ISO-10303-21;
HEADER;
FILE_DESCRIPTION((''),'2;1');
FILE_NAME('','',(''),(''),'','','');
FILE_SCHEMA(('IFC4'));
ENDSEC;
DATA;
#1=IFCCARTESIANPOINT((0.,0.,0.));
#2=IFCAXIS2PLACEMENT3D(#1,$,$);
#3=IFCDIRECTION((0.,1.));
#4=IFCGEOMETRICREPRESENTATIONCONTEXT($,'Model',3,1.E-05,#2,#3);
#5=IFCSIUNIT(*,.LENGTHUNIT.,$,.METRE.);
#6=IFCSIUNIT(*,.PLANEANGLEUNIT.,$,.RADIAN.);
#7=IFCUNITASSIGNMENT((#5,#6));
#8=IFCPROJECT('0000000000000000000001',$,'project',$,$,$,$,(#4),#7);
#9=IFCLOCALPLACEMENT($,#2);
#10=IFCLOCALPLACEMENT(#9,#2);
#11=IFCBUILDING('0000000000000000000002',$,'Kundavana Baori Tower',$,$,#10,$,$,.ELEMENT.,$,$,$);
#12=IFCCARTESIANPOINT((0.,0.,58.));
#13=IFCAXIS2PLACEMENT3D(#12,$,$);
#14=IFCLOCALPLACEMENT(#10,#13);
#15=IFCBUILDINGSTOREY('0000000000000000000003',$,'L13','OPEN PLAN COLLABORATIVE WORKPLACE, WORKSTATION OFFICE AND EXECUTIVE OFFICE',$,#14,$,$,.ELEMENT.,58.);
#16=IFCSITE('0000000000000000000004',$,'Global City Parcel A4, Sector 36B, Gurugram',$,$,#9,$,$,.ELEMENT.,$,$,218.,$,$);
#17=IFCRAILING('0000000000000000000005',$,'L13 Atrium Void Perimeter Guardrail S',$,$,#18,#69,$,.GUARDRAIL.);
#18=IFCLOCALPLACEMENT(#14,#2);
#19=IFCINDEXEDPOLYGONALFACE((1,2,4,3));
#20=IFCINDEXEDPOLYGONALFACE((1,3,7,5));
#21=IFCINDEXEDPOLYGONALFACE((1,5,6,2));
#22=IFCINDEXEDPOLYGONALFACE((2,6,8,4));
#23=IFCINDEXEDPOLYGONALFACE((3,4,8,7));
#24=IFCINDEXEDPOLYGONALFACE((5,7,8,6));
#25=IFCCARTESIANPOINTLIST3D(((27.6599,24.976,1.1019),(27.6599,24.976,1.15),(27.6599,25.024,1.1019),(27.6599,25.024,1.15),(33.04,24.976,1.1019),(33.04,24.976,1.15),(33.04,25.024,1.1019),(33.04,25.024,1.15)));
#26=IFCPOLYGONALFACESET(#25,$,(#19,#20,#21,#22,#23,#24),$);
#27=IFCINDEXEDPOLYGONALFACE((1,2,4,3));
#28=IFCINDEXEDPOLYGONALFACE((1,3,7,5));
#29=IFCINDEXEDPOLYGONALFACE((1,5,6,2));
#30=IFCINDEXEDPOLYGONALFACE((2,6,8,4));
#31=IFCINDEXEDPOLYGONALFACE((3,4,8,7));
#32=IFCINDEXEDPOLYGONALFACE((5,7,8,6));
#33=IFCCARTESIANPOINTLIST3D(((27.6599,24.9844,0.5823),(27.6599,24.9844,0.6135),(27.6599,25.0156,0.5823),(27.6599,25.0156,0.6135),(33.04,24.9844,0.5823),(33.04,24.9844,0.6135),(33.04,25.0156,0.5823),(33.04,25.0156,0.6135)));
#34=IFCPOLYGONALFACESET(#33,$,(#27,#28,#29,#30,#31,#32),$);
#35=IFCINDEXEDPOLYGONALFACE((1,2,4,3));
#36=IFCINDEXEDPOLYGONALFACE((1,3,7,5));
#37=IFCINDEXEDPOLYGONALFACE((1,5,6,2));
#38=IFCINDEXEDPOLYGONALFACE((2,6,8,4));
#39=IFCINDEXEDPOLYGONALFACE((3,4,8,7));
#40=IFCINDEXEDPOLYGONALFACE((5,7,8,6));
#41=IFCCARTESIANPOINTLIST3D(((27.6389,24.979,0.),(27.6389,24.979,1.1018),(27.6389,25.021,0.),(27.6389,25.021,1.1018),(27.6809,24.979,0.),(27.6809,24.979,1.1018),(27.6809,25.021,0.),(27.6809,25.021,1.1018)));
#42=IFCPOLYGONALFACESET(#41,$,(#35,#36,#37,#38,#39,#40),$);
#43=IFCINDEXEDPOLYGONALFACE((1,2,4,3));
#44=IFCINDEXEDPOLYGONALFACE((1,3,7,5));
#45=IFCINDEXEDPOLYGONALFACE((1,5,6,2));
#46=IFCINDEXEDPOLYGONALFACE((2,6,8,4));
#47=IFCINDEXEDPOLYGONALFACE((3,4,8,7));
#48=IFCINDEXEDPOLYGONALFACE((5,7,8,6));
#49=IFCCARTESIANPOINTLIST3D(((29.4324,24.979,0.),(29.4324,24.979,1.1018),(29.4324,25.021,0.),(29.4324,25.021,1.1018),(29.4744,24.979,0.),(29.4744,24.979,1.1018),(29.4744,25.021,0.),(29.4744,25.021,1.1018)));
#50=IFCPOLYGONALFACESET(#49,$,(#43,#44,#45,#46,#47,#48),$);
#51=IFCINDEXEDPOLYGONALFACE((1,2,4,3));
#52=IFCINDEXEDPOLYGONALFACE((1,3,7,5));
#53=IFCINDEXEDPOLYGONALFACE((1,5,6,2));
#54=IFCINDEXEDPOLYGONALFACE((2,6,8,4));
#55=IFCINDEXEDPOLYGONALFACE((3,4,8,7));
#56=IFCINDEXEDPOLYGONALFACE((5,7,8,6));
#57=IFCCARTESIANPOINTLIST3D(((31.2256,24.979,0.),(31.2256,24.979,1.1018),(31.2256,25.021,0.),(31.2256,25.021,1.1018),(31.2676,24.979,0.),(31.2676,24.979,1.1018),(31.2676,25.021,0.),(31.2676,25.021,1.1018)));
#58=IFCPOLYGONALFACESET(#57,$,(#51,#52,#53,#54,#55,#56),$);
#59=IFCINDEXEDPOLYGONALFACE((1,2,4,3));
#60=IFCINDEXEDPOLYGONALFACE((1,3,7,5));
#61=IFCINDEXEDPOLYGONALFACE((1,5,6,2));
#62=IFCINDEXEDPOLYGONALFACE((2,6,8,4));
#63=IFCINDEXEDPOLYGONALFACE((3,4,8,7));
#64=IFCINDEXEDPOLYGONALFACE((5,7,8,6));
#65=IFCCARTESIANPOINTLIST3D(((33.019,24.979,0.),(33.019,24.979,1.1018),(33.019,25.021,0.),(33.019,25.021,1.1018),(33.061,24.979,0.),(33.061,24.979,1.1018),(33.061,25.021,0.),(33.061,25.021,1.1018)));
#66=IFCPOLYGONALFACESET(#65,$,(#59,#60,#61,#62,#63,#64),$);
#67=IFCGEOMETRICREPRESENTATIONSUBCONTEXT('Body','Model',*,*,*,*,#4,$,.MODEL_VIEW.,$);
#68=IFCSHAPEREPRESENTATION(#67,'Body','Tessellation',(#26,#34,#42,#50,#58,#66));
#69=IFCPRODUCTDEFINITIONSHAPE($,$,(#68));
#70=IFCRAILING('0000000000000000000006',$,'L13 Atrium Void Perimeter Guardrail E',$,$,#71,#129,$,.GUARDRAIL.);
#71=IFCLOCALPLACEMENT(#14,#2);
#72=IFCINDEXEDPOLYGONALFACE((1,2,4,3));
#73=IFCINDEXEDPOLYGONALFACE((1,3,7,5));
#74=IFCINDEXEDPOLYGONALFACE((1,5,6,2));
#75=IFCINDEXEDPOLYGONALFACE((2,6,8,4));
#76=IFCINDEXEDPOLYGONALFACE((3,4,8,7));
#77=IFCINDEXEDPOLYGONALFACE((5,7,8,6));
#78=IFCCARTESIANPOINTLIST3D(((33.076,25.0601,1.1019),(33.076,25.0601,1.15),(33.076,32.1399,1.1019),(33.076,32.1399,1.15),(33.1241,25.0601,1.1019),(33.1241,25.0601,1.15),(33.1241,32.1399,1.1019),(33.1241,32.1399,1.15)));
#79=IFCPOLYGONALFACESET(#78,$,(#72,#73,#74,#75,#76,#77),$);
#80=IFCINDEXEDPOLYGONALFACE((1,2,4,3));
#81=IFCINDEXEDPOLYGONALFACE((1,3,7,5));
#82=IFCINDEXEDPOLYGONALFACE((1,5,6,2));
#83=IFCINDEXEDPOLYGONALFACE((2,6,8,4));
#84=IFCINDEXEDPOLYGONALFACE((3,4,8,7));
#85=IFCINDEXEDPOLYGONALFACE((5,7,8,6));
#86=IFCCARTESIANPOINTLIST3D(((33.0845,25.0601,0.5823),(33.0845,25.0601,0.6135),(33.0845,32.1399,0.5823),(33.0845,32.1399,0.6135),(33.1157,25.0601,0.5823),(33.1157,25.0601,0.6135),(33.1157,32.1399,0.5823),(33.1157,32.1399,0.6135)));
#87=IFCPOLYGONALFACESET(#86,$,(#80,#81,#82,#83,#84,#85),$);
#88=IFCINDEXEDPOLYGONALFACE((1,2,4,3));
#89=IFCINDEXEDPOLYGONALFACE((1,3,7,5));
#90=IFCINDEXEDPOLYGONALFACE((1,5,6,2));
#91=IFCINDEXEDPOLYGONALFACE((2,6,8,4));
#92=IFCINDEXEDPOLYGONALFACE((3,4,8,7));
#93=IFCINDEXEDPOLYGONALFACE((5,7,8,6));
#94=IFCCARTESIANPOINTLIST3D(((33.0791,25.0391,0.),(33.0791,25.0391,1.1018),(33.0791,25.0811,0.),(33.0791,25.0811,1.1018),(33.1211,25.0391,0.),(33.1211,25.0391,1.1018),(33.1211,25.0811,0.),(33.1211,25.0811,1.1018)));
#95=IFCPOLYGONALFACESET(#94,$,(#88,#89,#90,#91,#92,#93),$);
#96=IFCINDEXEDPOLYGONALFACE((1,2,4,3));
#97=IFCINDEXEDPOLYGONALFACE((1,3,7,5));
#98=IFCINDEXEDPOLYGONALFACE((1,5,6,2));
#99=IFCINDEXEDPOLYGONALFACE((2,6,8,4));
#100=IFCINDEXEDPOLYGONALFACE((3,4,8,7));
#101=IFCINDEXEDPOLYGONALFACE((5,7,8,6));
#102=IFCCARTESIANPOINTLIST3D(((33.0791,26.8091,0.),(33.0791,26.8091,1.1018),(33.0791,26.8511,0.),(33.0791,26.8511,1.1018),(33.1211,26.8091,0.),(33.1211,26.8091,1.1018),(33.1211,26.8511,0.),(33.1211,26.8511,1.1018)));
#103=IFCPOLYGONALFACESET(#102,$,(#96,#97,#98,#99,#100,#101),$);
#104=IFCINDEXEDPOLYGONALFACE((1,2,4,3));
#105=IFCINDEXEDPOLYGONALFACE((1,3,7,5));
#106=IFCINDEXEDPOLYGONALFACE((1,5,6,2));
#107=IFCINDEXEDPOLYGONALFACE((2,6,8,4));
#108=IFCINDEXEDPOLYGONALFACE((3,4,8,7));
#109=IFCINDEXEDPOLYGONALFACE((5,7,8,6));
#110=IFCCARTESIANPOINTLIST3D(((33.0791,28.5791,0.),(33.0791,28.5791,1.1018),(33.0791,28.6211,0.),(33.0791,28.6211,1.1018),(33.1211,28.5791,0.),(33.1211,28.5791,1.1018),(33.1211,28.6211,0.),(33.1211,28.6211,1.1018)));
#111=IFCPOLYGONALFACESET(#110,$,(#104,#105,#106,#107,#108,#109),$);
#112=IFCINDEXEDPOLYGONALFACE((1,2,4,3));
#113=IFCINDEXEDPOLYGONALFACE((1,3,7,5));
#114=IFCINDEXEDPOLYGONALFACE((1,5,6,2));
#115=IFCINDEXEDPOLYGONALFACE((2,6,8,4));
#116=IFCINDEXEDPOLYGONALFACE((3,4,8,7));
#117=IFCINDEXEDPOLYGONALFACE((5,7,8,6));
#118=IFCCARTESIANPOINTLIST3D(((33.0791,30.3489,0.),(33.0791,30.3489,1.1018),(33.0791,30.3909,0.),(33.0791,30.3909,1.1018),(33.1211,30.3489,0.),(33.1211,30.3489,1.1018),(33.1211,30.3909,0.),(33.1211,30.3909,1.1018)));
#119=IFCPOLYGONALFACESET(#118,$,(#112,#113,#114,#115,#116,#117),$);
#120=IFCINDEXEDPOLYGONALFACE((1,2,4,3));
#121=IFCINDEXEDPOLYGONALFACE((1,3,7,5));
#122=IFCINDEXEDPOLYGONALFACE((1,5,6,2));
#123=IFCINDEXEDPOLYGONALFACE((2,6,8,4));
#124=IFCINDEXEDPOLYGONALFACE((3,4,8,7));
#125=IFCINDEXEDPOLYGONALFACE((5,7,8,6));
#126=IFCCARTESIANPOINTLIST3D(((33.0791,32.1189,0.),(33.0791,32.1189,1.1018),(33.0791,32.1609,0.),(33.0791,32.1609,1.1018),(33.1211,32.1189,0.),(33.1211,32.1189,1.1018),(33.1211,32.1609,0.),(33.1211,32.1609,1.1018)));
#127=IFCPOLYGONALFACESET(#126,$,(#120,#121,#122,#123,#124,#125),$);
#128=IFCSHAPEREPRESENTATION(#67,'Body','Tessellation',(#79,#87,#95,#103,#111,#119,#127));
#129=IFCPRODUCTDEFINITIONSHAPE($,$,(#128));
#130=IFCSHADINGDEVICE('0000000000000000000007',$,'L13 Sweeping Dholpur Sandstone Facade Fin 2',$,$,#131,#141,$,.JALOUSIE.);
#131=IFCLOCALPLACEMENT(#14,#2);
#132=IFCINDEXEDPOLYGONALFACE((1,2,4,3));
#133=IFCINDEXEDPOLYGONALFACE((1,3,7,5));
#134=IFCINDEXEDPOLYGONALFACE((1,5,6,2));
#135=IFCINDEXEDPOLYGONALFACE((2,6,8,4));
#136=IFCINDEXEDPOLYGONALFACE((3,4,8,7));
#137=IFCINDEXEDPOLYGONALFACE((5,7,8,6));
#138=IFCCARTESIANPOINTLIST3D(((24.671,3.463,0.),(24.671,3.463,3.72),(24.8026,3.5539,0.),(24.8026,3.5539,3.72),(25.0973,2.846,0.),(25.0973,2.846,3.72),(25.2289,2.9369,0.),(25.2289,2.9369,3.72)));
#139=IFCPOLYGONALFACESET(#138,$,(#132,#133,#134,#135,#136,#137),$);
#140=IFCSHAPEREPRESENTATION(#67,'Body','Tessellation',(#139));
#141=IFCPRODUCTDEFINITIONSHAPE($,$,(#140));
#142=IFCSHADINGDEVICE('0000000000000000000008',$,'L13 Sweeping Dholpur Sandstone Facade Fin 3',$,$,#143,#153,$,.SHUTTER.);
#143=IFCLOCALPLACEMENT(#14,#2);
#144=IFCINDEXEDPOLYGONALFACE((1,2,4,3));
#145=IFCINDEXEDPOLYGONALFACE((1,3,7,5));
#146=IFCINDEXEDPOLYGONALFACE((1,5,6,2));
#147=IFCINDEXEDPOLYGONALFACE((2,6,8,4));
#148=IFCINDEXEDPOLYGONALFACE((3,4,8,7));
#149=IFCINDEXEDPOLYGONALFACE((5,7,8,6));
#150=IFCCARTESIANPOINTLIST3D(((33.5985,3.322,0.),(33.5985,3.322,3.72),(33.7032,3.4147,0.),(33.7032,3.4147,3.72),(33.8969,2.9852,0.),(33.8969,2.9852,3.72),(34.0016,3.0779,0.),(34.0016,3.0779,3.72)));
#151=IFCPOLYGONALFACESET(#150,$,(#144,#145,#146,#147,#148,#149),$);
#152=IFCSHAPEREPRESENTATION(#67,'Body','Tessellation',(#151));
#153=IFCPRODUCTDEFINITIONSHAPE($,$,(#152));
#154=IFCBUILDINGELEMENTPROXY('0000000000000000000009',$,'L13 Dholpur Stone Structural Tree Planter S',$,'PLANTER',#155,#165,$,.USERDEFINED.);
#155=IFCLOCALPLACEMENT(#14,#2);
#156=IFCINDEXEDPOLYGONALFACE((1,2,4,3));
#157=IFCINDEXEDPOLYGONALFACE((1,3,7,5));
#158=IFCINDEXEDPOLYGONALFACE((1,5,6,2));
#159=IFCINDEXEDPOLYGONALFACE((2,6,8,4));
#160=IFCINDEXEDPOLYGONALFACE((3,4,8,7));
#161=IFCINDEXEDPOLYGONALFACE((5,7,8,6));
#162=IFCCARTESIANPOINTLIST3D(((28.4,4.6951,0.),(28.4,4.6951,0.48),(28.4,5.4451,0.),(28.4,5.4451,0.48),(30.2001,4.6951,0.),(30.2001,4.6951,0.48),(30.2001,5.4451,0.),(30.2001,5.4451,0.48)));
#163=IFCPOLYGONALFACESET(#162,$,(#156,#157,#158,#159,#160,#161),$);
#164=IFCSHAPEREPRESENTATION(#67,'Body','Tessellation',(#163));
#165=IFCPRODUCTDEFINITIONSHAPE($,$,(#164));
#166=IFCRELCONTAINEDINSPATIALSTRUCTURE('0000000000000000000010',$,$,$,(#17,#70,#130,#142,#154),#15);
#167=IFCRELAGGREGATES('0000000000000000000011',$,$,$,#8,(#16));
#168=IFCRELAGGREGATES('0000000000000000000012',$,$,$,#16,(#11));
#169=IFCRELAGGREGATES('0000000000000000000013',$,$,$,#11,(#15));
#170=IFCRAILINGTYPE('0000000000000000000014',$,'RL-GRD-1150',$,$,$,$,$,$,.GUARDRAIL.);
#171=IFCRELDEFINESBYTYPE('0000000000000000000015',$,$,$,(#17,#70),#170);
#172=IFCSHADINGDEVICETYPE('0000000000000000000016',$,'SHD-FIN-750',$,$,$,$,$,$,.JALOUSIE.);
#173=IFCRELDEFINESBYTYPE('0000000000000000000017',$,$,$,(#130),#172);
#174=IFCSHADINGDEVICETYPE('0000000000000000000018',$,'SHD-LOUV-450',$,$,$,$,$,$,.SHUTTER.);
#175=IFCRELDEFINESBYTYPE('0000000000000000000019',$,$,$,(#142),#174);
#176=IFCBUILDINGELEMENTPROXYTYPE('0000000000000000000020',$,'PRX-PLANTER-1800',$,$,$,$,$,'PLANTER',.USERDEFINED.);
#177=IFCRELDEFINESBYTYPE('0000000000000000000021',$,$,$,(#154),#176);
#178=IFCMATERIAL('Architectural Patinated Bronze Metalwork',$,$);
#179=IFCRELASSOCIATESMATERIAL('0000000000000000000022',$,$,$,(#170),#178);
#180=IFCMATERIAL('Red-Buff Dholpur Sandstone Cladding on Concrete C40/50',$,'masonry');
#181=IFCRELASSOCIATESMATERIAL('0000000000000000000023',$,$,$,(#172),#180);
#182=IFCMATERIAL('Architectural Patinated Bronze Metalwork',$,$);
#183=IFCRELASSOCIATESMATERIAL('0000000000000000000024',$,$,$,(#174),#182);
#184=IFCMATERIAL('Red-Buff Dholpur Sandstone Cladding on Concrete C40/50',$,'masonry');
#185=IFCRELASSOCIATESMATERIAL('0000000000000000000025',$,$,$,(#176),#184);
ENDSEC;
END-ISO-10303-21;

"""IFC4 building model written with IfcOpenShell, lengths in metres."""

from ifc_helpers import new_model, si_unit, direction, frame, origin, origin_2d, place, context, subcontext, project, spatial, rectangle, extrude, material, type_object, element, save


model = new_model("IFC4")

# Units and contexts
model_context = context("Model", 3, precision=1e-05, world=origin(), true_north=direction((0.0, 1.0)))
body_context = subcontext(model_context, "Body", "Model", "MODEL_VIEW")
ifc_project = project(units=[si_unit("LENGTHUNIT", "METRE"), si_unit("PLANEANGLEUNIT", "RADIAN")], contexts=[model_context])

# Site, building, storey
site_placement = place(None, origin())
site = spatial("IfcSite", under=ifc_project, at=site_placement, Name="Global City Parcel A4, Sector 36B, Gurugram", CompositionType="ELEMENT", RefElevation=218.0)
building_placement = place(site_placement, origin())
building = spatial("IfcBuilding", under=site, at=building_placement, Name="Kundavana Baori Tower", CompositionType="ELEMENT")
storey_placement = place(building_placement, frame((0.0, 0.0, 58.0)))
storey = spatial("IfcBuildingStorey", under=building, at=storey_placement, Name="L13", Description="OPEN PLAN COLLABORATIVE WORKPLACE, WORKSTATION OFFICE AND EXECUTIVE OFFICE", CompositionType="ELEMENT", Elevation=58.0)

# Railings
ifc_material_1 = material(Name="Architectural Patinated Bronze Metalwork")
railing_type = type_object("IfcRailingType", Name="RL-GRD-1150", PredefinedType="GUARDRAIL", material=ifc_material_1)
railing_1_placement = place(storey_placement, frame((27.6599, 25.0, 0.0)))
element("IfcRailing", 1, at=railing_1_placement, inside=storey, type_object=railing_type, Name="L13 Atrium Void Perimeter Guardrail S", PredefinedType="GUARDRAIL", context=body_context, shape_type="SweptSolid", body=[
    extrude(rectangle(XDim=0.0481, YDim=0.0481, at=origin_2d()), frame((0.0, 0.0, 1.126), z_axis=(1.0, 0.0, 0.0), x_axis=(0.0, 1.0, 0.0)), (0.0, 0.0, 1.0), 5.3801),
    extrude(rectangle(XDim=0.0312, YDim=0.0312, at=origin_2d()), frame((0.0, 0.0, 0.5979), z_axis=(1.0, 0.0, 0.0), x_axis=(0.0, 1.0, 0.0)), (0.0, 0.0, 1.0), 5.3801),
    extrude(rectangle(XDim=0.042, YDim=0.042, at=origin_2d()), origin(), (0.0, 0.0, 1.0), 1.1018),
    extrude(rectangle(XDim=0.042, YDim=0.042, at=origin_2d()), frame((1.7935, 0.0, 0.0)), (0.0, 0.0, 1.0), 1.1018),
    extrude(rectangle(XDim=0.042, YDim=0.042, at=origin_2d()), frame((3.5867, 0.0, 0.0)), (0.0, 0.0, 1.0), 1.1018),
    extrude(rectangle(XDim=0.042, YDim=0.042, at=origin_2d()), frame((5.3801, 0.0, 0.0)), (0.0, 0.0, 1.0), 1.1018),
])
railing_2_placement = place(storey_placement, frame((33.1001, 25.0601, 0.0)))
element("IfcRailing", 2, at=railing_2_placement, inside=storey, type_object=railing_type, Name="L13 Atrium Void Perimeter Guardrail E", PredefinedType="GUARDRAIL", context=body_context, shape_type="SweptSolid", body=[
    extrude(rectangle(XDim=0.0481, YDim=0.0481, at=origin_2d()), frame((0.0, 0.0, 1.126), z_axis=(0.0, 1.0, 0.0), x_axis=(-1.0, 0.0, 0.0)), (0.0, 0.0, 1.0), 7.0798),
    extrude(rectangle(XDim=0.0312, YDim=0.0312, at=origin_2d()), frame((0.0, 0.0, 0.5979), z_axis=(0.0, 1.0, 0.0), x_axis=(-1.0, 0.0, 0.0)), (0.0, 0.0, 1.0), 7.0798),
    extrude(rectangle(XDim=0.042, YDim=0.042, at=origin_2d()), origin(), (0.0, 0.0, 1.0), 1.1018),
    extrude(rectangle(XDim=0.042, YDim=0.042, at=origin_2d()), frame((0.0, 1.77, 0.0)), (0.0, 0.0, 1.0), 1.1018),
    extrude(rectangle(XDim=0.042, YDim=0.042, at=origin_2d()), frame((0.0, 3.54, 0.0)), (0.0, 0.0, 1.0), 1.1018),
    extrude(rectangle(XDim=0.042, YDim=0.042, at=origin_2d()), frame((0.0, 5.3098, 0.0)), (0.0, 0.0, 1.0), 1.1018),
    extrude(rectangle(XDim=0.042, YDim=0.042, at=origin_2d()), frame((0.0, 7.0798, 0.0)), (0.0, 0.0, 1.0), 1.1018),
])

# Shading devices
ifc_material_2 = material(Name="Red-Buff Dholpur Sandstone Cladding on Concrete C40/50", Category="masonry")
shading_device_type_1 = type_object("IfcShadingDeviceType", Name="SHD-FIN-750", PredefinedType="JALOUSIE", material=ifc_material_2)
shading_device_1_placement = place(storey_placement, frame((24.95, 3.2, 0.0), z_axis=(0.0, 0.0, 1.0), x_axis=(0.82274, 0.568418, 0.0)))
element("IfcShadingDevice", 3, at=shading_device_1_placement, inside=storey, type_object=shading_device_type_1, Name="L13 Sweeping Dholpur Sandstone Facade Fin 2", PredefinedType="JALOUSIE", context=body_context, shape_type="SweptSolid", body=[
    extrude(rectangle(XDim=0.1599, YDim=0.75, at=origin_2d()), origin(), (0.0, 0.0, 1.0), 3.72),
])
ifc_material_3 = material(Name="Architectural Patinated Bronze Metalwork")
shading_device_type_2 = type_object("IfcShadingDeviceType", Name="SHD-LOUV-450", PredefinedType="SHUTTER", material=ifc_material_3)
shading_device_2_placement = place(storey_placement, frame((33.8, 3.2, 0.0), z_axis=(0.0, 0.0, 1.0), x_axis=(0.748493, 0.663143, 0.0)))
element("IfcShadingDevice", 4, at=shading_device_2_placement, inside=storey, type_object=shading_device_type_2, Name="L13 Sweeping Dholpur Sandstone Facade Fin 3", PredefinedType="SHUTTER", context=body_context, shape_type="SweptSolid", body=[
    extrude(rectangle(XDim=0.1399, YDim=0.45, at=origin_2d()), origin(), (0.0, 0.0, 1.0), 3.72),
])

# Building element proxy
ifc_material_4 = material(Name="Red-Buff Dholpur Sandstone Cladding on Concrete C40/50", Category="masonry")
building_element_proxy_type = type_object("IfcBuildingElementProxyType", Name="PRX-PLANTER-1800", ElementType="PLANTER", PredefinedType="USERDEFINED", material=ifc_material_4)
proxy_placement = place(storey_placement, frame((29.3, 5.0701, 0.0), z_axis=(0.0, 0.0, 1.0), x_axis=(1.0, 0.0, 0.0)))
element("IfcBuildingElementProxy", 5, at=proxy_placement, inside=storey, type_object=building_element_proxy_type, Name="L13 Dholpur Stone Structural Tree Planter S", ObjectType="PLANTER", PredefinedType="USERDEFINED", context=body_context, shape_type="SweptSolid", body=[
    extrude(rectangle(XDim=1.8, YDim=0.75, at=origin_2d()), origin(), (0.0, 0.0, 1.0), 0.48),
])

save(model, "model.ifc")
